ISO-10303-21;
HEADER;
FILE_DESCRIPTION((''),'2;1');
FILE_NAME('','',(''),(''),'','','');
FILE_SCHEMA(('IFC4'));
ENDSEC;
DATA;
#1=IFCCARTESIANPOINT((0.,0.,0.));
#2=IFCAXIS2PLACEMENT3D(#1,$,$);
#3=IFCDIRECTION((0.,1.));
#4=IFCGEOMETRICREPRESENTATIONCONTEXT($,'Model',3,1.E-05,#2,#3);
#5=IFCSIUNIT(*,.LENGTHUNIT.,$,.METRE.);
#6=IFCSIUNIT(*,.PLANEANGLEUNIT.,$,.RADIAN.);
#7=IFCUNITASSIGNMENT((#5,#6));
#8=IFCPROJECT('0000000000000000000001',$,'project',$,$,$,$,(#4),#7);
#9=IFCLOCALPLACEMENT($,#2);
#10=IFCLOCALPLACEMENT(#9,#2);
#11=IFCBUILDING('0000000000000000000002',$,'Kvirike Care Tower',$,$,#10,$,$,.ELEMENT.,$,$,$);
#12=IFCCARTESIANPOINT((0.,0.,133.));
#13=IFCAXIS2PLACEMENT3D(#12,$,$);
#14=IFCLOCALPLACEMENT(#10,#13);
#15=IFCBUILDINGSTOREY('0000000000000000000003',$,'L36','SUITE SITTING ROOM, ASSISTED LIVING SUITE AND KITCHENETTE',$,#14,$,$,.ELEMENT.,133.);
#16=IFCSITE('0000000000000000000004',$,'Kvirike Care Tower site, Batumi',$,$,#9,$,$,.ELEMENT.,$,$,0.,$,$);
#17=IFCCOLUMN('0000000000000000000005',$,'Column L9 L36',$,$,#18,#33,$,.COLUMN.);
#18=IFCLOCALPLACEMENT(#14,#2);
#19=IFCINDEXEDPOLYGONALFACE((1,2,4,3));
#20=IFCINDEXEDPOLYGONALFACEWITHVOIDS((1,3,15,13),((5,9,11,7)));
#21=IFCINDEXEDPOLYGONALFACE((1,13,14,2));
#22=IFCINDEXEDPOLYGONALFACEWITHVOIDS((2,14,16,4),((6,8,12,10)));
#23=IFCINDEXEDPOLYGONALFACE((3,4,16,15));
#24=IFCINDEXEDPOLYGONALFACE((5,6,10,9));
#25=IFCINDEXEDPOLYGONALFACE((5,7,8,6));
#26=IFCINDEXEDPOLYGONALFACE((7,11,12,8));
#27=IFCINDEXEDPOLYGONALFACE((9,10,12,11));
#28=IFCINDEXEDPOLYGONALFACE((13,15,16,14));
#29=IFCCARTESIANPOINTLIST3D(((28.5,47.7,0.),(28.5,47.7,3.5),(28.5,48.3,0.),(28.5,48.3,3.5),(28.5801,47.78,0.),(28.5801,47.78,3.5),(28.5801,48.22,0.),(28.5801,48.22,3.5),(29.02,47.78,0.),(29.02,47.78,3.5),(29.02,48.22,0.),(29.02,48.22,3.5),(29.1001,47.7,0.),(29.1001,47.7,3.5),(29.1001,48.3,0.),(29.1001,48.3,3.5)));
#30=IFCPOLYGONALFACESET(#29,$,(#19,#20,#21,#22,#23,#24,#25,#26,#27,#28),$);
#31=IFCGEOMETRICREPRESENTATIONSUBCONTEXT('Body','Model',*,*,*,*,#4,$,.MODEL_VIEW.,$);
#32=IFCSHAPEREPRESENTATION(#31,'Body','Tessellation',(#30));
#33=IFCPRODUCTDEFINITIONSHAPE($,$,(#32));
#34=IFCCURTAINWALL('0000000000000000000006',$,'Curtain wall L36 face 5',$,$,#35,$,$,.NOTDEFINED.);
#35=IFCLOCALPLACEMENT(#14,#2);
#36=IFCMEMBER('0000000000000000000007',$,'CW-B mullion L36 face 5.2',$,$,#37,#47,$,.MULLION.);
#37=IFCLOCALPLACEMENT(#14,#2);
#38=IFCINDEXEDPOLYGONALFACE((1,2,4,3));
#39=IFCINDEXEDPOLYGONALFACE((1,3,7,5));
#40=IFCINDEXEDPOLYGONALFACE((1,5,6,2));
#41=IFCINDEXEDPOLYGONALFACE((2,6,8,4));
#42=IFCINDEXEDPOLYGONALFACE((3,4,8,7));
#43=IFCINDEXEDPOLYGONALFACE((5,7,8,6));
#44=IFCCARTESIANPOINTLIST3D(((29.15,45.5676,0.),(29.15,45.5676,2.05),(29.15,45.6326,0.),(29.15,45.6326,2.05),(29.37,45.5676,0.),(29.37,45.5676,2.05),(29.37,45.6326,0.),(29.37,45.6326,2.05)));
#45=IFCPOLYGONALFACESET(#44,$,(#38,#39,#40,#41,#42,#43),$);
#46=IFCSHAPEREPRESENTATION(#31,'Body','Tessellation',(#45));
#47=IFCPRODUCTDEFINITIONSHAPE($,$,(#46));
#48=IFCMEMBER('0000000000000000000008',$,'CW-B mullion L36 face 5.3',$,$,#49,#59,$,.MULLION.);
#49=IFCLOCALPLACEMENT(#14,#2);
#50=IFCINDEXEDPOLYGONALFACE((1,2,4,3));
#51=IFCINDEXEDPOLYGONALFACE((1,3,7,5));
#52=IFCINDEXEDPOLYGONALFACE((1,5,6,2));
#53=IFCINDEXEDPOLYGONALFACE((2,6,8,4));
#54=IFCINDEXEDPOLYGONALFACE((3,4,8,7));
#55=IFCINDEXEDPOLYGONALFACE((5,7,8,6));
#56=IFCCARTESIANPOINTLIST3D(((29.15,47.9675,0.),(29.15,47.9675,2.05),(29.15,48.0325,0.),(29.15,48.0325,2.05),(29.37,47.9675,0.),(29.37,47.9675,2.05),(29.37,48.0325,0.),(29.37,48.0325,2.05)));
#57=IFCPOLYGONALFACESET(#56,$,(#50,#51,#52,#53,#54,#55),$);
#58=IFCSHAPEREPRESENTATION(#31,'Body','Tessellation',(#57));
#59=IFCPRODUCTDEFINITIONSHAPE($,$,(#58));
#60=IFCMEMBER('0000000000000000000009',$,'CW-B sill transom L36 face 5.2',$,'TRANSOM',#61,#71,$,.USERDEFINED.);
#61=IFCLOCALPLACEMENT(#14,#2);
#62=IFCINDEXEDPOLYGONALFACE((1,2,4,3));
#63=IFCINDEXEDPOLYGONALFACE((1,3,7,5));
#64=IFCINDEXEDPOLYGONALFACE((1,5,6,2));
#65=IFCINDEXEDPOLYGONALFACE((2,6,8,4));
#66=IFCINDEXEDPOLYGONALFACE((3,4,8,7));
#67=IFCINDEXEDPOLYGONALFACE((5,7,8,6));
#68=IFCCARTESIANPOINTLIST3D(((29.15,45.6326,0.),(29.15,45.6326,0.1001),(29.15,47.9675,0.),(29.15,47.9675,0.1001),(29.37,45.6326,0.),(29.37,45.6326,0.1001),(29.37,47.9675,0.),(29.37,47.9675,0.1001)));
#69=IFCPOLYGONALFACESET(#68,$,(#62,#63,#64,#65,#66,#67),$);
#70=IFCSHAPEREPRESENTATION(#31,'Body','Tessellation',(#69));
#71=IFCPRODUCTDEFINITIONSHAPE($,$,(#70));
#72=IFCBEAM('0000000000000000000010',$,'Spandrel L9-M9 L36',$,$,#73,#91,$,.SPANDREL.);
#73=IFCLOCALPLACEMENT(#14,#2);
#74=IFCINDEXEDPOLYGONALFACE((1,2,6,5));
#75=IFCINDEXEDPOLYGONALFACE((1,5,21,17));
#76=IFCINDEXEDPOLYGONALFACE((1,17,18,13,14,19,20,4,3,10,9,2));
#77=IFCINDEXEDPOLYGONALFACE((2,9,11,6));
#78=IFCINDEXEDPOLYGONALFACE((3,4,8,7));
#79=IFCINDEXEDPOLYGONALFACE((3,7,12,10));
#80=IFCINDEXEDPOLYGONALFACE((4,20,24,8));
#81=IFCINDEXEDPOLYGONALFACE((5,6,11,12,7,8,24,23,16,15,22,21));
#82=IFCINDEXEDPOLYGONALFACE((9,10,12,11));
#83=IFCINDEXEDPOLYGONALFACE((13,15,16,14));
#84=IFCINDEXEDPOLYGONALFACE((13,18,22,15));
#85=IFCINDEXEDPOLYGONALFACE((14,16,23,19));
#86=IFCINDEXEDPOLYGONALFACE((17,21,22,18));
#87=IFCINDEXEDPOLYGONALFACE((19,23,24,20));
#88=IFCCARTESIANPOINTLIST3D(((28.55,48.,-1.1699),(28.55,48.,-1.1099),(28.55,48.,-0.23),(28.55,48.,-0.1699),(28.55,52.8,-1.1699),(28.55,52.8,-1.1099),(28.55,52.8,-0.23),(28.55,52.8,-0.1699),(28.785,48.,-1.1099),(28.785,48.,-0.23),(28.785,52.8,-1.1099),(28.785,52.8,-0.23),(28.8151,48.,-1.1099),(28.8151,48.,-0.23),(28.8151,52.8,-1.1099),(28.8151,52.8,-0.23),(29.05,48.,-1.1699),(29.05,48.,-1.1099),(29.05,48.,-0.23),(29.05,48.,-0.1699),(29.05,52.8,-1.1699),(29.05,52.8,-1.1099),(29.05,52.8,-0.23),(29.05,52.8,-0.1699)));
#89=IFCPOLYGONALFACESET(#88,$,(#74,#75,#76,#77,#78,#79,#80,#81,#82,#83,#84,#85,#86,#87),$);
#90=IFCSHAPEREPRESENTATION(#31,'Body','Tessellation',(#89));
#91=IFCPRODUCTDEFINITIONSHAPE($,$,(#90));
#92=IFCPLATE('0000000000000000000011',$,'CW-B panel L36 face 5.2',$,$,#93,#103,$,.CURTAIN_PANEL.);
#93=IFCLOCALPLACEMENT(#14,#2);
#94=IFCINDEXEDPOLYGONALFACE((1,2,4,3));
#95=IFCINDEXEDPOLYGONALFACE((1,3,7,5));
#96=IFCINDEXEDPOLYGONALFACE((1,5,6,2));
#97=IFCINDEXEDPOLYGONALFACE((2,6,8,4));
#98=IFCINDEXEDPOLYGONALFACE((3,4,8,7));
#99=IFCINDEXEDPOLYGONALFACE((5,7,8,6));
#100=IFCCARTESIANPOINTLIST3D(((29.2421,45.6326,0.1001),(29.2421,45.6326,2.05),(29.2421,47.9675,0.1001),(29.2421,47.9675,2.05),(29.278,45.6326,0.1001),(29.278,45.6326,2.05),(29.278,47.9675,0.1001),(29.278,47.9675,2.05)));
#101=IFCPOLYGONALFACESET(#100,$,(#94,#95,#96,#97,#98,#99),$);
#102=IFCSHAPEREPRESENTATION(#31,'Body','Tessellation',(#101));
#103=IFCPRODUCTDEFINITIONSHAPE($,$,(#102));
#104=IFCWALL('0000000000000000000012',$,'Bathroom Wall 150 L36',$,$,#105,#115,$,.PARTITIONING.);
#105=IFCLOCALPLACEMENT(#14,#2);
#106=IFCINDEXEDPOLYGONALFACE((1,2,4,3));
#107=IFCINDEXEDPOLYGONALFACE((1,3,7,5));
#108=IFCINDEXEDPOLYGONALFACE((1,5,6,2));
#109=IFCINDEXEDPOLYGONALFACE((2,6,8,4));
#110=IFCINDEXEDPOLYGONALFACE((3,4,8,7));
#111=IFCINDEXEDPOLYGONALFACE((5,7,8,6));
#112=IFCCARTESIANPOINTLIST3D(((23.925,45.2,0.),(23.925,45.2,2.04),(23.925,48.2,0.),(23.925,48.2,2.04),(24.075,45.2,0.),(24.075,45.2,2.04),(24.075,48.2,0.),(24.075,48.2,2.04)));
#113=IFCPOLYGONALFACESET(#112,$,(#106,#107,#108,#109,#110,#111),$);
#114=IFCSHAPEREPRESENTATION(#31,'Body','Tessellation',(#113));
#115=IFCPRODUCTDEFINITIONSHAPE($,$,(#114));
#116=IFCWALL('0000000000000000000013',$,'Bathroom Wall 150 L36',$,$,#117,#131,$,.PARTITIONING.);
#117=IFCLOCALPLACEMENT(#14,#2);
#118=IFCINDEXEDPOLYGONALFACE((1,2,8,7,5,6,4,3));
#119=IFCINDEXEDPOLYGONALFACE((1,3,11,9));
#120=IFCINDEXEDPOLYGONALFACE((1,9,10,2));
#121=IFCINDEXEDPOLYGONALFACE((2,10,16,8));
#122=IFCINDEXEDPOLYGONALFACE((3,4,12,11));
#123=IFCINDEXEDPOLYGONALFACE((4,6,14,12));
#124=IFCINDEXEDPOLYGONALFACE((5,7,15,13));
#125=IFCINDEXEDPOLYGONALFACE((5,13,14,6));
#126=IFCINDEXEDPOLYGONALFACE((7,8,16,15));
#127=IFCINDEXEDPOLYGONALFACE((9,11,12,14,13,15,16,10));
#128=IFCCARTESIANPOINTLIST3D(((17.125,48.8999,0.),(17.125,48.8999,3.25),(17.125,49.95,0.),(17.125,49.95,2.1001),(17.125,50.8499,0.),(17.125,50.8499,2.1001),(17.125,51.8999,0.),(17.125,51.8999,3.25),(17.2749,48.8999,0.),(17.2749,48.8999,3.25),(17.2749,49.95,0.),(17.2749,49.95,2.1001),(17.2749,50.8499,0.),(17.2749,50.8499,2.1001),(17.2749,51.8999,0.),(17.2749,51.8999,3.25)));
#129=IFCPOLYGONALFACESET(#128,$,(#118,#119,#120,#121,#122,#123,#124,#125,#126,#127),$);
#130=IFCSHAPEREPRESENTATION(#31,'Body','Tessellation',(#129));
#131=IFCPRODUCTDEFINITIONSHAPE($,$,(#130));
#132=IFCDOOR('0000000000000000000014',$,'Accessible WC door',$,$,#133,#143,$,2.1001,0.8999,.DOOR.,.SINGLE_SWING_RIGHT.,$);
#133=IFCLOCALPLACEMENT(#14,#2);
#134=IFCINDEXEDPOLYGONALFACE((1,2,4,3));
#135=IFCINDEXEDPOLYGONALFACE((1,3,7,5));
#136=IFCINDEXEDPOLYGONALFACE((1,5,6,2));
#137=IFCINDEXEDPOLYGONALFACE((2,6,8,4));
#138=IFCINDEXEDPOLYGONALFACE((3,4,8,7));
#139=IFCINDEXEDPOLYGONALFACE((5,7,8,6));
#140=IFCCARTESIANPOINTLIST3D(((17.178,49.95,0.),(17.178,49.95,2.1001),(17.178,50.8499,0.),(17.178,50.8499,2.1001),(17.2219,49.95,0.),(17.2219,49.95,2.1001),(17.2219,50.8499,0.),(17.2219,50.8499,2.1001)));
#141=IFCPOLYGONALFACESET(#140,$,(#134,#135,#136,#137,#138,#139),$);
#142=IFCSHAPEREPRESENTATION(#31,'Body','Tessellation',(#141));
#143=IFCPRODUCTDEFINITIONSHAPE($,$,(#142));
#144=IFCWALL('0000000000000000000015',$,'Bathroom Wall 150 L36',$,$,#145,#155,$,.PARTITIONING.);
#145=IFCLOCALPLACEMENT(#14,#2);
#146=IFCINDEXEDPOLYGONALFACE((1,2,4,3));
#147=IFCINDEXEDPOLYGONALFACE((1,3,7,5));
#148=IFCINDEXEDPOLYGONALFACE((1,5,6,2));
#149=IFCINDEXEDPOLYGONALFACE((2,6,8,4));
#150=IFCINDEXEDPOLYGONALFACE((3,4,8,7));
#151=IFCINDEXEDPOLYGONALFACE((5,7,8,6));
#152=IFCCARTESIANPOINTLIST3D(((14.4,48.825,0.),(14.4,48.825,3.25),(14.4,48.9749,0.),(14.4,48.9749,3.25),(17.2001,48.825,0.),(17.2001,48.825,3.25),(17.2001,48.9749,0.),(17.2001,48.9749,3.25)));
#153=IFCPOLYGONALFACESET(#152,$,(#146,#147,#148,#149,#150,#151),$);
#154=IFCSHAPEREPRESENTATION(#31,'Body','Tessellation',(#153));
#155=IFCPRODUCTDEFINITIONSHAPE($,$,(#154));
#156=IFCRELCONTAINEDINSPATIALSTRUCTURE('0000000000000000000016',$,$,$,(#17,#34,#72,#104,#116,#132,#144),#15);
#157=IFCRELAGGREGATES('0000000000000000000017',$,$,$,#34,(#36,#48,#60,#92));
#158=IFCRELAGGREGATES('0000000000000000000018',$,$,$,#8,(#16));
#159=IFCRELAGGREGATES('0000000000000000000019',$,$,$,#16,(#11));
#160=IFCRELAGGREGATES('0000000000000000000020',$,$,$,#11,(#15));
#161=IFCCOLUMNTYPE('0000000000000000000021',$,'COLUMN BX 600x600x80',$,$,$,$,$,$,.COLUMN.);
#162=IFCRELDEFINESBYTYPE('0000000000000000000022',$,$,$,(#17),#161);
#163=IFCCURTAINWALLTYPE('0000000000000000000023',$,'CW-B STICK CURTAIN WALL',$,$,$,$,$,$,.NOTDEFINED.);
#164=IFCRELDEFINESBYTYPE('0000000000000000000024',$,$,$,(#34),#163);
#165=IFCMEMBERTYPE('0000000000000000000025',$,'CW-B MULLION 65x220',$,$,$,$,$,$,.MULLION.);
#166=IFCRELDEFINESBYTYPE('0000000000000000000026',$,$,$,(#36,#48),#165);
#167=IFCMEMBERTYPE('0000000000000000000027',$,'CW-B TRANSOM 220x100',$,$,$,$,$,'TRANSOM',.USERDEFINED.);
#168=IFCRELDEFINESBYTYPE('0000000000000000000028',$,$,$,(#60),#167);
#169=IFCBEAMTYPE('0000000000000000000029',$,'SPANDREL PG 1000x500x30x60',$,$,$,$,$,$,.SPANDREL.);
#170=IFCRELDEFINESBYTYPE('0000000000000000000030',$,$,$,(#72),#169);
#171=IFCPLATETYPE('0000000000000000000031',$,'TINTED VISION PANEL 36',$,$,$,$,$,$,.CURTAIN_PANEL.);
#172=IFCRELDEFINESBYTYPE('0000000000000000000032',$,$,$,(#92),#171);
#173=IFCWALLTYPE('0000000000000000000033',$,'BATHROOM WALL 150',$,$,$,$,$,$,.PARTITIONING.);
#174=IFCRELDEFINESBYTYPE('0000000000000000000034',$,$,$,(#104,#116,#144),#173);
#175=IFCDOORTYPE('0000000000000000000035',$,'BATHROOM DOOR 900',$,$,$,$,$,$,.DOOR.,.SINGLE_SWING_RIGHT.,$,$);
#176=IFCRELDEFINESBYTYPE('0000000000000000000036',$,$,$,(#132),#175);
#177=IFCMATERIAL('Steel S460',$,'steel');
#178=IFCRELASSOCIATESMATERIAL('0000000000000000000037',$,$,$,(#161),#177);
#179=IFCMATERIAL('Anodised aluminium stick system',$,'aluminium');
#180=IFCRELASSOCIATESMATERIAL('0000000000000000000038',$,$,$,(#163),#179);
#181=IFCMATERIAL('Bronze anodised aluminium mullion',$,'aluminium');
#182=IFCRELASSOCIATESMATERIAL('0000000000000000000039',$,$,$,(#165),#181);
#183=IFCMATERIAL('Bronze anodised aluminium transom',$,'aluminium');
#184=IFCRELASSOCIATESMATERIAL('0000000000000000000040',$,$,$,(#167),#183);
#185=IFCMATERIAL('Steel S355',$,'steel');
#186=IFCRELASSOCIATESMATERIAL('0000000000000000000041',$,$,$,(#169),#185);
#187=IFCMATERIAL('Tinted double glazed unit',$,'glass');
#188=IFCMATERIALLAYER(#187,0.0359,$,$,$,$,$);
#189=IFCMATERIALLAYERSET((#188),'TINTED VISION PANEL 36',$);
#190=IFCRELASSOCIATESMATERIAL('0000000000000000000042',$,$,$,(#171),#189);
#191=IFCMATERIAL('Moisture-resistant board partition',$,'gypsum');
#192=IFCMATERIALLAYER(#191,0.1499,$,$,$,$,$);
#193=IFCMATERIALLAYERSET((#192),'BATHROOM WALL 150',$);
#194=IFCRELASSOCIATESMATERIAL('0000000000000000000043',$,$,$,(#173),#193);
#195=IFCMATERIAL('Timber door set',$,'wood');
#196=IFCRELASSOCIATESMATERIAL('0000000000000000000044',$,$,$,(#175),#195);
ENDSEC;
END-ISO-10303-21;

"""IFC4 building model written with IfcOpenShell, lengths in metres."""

from ifc_helpers import new_model, si_unit, direction, frame, frame_2d, origin, origin_2d, place, context, subcontext, project, spatial, rectangle, hollow_rectangle, i_section, extrude, material, layer, layer_set, material_profile, profile_set, type_object, element, fill, aggregate, save


model = new_model("IFC4")

# Units and contexts
model_context = context("Model", 3, precision=1e-05, world=origin(), true_north=direction((0.0, 1.0)))
body_context = subcontext(model_context, "Body", "Model", "MODEL_VIEW")
ifc_project = project(units=[si_unit("LENGTHUNIT", "METRE"), si_unit("PLANEANGLEUNIT", "RADIAN")], contexts=[model_context])

# Site, building, storey
site_placement = place(None, origin())
site = spatial("IfcSite", under=ifc_project, at=site_placement, Name="Kvirike Care Tower site, Batumi", CompositionType="ELEMENT", RefElevation=0.0)
building_placement = place(site_placement, origin())
building = spatial("IfcBuilding", under=site, at=building_placement, Name="Kvirike Care Tower", CompositionType="ELEMENT")
storey_placement = place(building_placement, frame((0.0, 0.0, 133.0)))
storey = spatial("IfcBuildingStorey", under=building, at=storey_placement, Name="L36", Description="SUITE SITTING ROOM, ASSISTED LIVING SUITE AND KITCHENETTE", CompositionType="ELEMENT", Elevation=133.0)

# Column
ifc_material_1 = material(Name="Steel S460", Category="steel")
ifc_material_profile_1 = material_profile(ifc_material_1, hollow_rectangle(XDim=0.6001, YDim=0.6001, WallThickness=0.0801, at=origin_2d()), Name="BX 600x600x80")
ifc_profile_set_1 = profile_set([ifc_material_profile_1], Name="Steel S460")
column_type = type_object("IfcColumnType", Name="COLUMN BX 600x600x80", PredefinedType="COLUMN", material=ifc_profile_set_1)
column_placement = place(storey_placement, frame((28.8, 48.0, 0.0), z_axis=(0.0, 0.0, 1.0), x_axis=(1.0, 0.0, 0.0)))
element("IfcColumn", 1, at=column_placement, inside=storey, type_object=column_type, Name="Column L9 L36", PredefinedType="COLUMN", context=body_context, shape_type="SweptSolid", body=[
    extrude(hollow_rectangle(XDim=0.6001, YDim=0.6001, WallThickness=0.0801, at=origin_2d()), origin(), (0.0, 0.0, 1.0), 3.5),
])

# Curtain wall, members
ifc_material_2 = material(Name="Anodised aluminium stick system", Category="aluminium")
curtain_wall_type = type_object("IfcCurtainWallType", Name="CW-B STICK CURTAIN WALL", PredefinedType="NOTDEFINED", material=ifc_material_2)
curtain_wall_placement = place(storey_placement, origin())
curtain_wall = element("IfcCurtainWall", 2, at=curtain_wall_placement, inside=storey, type_object=curtain_wall_type, Name="Curtain wall L36 face 5", PredefinedType="NOTDEFINED")
ifc_material_3 = material(Name="Bronze anodised aluminium mullion", Category="aluminium")
ifc_material_profile_2 = material_profile(ifc_material_3, rectangle(XDim=0.0649, YDim=0.22, at=origin_2d()), Name="CW-B MULLION 65x220")
ifc_profile_set_2 = profile_set([ifc_material_profile_2], Name="Bronze anodised aluminium mullion")
member_type_1 = type_object("IfcMemberType", Name="CW-B MULLION 65x220", PredefinedType="MULLION", material=ifc_profile_set_2)
member_1_placement = place(storey_placement, frame((29.26, 45.6001, 0.0), z_axis=(0.0, 0.0, 1.0), x_axis=(0.0, 1.0, 0.0)))
member_1 = element("IfcMember", 3, at=member_1_placement, type_object=member_type_1, Name="CW-B mullion L36 face 5.2", PredefinedType="MULLION", context=body_context, shape_type="SweptSolid", body=[
    extrude(rectangle(XDim=0.0649, YDim=0.22, at=origin_2d()), origin(), (0.0, 0.0, 1.0), 2.05),
])
member_2_placement = place(storey_placement, frame((29.26, 48.0, 0.0), z_axis=(0.0, 0.0, 1.0), x_axis=(0.0, 1.0, 0.0)))
member_2 = element("IfcMember", 4, at=member_2_placement, type_object=member_type_1, Name="CW-B mullion L36 face 5.3", PredefinedType="MULLION", context=body_context, shape_type="SweptSolid", body=[
    extrude(rectangle(XDim=0.0649, YDim=0.22, at=origin_2d()), origin(), (0.0, 0.0, 1.0), 2.05),
])
ifc_material_4 = material(Name="Bronze anodised aluminium transom", Category="aluminium")
ifc_material_profile_3 = material_profile(ifc_material_4, rectangle(XDim=0.22, YDim=0.1001, at=origin_2d()), Name="CW-B TRANSOM 220x100")
ifc_profile_set_3 = profile_set([ifc_material_profile_3], Name="Bronze anodised aluminium transom")
member_type_2 = type_object("IfcMemberType", Name="CW-B TRANSOM 220x100", ElementType="TRANSOM", PredefinedType="USERDEFINED", material=ifc_profile_set_3)
member_3_placement = place(storey_placement, frame((29.26, 45.6326, 0.05), z_axis=(0.0, 1.0, 0.0), x_axis=(-1.0, 0.0, 0.0)))
member_3 = element("IfcMember", 5, at=member_3_placement, type_object=member_type_2, Name="CW-B sill transom L36 face 5.2", ObjectType="TRANSOM", PredefinedType="USERDEFINED", context=body_context, shape_type="SweptSolid", body=[
    extrude(rectangle(XDim=0.22, YDim=0.1001, at=origin_2d()), origin(), (0.0, 0.0, 1.0), 2.335),
])

# Beam
ifc_material_5 = material(Name="Steel S355", Category="steel")
ifc_material_profile_4 = material_profile(ifc_material_5, i_section(OverallWidth=0.5, OverallDepth=1.0, WebThickness=0.03, FlangeThickness=0.0601, at=origin_2d()), Name="PG 1000x500x30x60")
ifc_profile_set_4 = profile_set([ifc_material_profile_4], Name="Steel S355")
beam_type = type_object("IfcBeamType", Name="SPANDREL PG 1000x500x30x60", PredefinedType="SPANDREL", material=ifc_profile_set_4)
beam_placement = place(storey_placement, frame((28.8, 48.0, -0.6699), z_axis=(0.0, 1.0, 0.0), x_axis=(-1.0, 0.0, 0.0)))
element("IfcBeam", 6, at=beam_placement, inside=storey, type_object=beam_type, Name="Spandrel L9-M9 L36", PredefinedType="SPANDREL", context=body_context, shape_type="SweptSolid", body=[
    extrude(i_section(OverallWidth=0.5, OverallDepth=1.0, WebThickness=0.03, FlangeThickness=0.0601, at=origin_2d()), origin(), (0.0, 0.0, 1.0), 4.8),
])

# Plate
ifc_material_6 = material(Name="Tinted double glazed unit", Category="glass")
ifc_layer_1 = layer(ifc_material_6, 0.0359)
ifc_layer_set_1 = layer_set([ifc_layer_1], Name="TINTED VISION PANEL 36")
plate_type = type_object("IfcPlateType", Name="TINTED VISION PANEL 36", PredefinedType="CURTAIN_PANEL", material=ifc_layer_set_1)
plate_placement = place(storey_placement, frame((29.26, 46.8, 0.1001), z_axis=(0.0, 0.0, 1.0), x_axis=(0.0, 1.0, 0.0)))
plate = element("IfcPlate", 7, at=plate_placement, type_object=plate_type, Name="CW-B panel L36 face 5.2", PredefinedType="CURTAIN_PANEL", context=body_context, shape_type="SweptSolid", body=[
    extrude(rectangle(XDim=2.335, YDim=0.0359, at=origin_2d()), origin(), (0.0, 0.0, 1.0), 1.95),
])
aggregate(curtain_wall, [member_1, member_2, member_3, plate])

# Wall
ifc_material_7 = material(Name="Moisture-resistant board partition", Category="gypsum")
ifc_layer_2 = layer(ifc_material_7, 0.1499)
ifc_layer_set_2 = layer_set([ifc_layer_2], Name="BATHROOM WALL 150")
wall_type_1 = type_object("IfcWallType", Name="BATHROOM WALL 150", PredefinedType="PARTITIONING", material=ifc_layer_set_2)
wall_1_placement = place(storey_placement, frame((24.0, 48.2, 0.0), z_axis=(0.0, 0.0, 1.0), x_axis=(0.0, -1.0, 0.0)))
element("IfcWall", 8, at=wall_1_placement, inside=storey, type_object=wall_type_1, Name="Bathroom Wall 150 L36", PredefinedType="PARTITIONING", context=body_context, shape_type="SweptSolid", body=[
    extrude(rectangle(XDim=3.0, YDim=0.1499, at=frame_2d((1.5, 0.0))), origin(), (0.0, 0.0, 1.0), 2.04),
])

# Wall, opening, door
wall_2_placement = place(storey_placement, frame((17.2, 51.8999, 0.0), z_axis=(0.0, 0.0, 1.0), x_axis=(0.0, -1.0, 0.0)))
wall_2 = element("IfcWall", 9, at=wall_2_placement, inside=storey, type_object=wall_type_1, Name="Bathroom Wall 150 L36", PredefinedType="PARTITIONING", context=body_context, shape_type="SweptSolid", body=[
    extrude(rectangle(XDim=3.0, YDim=0.1499, at=frame_2d((1.5, 0.0))), origin(), (0.0, 0.0, 1.0), 3.25),
])
opening_1_placement = place(wall_2_placement, frame((1.05, 0.0, 0.0)))
opening_1 = element("IfcOpeningElement", 10, at=opening_1_placement, cuts=wall_2, PredefinedType="OPENING", context=body_context, shape_type="SweptSolid", body=[
    extrude(rectangle(XDim=0.8999, YDim=2.1001, at=frame_2d((0.45, 1.05))), frame((0.0, 0.0854, 0.0), z_axis=(0.0, -1.0, 0.0), x_axis=(1.0, 0.0, 0.0)), (0.0, 0.0, 1.0), 0.1709),
])
ifc_material_8 = material(Name="Timber door set", Category="wood")
door_type_1 = type_object("IfcDoorType", Name="BATHROOM DOOR 900", OperationType="SINGLE_SWING_RIGHT", PredefinedType="DOOR", material=ifc_material_8)
door_1_placement = place(opening_1_placement, frame((0.8999, 0.0, 0.0), z_axis=(0.0, 0.0, 1.0), x_axis=(-1.0, 0.0, 0.0)))
door_1 = element("IfcDoor", 11, at=door_1_placement, inside=storey, type_object=door_type_1, Name="Accessible WC door", OperationType="SINGLE_SWING_RIGHT", OverallHeight=2.1001, OverallWidth=0.8999, PredefinedType="DOOR", context=body_context, shape_type="SweptSolid", body=[
    extrude(rectangle(XDim=0.8999, YDim=2.1001, at=frame_2d((0.45, 1.05))), frame((0.0, 0.022, 0.0), z_axis=(0.0, -1.0, 0.0), x_axis=(1.0, 0.0, 0.0)), (0.0, 0.0, 1.0), 0.0439),
])
fill(opening_1, door_1)

# Wall
wall_3_placement = place(storey_placement, frame((17.2, 48.8999, 0.0), z_axis=(0.0, 0.0, 1.0), x_axis=(-1.0, 0.0, 0.0)))
element("IfcWall", 12, at=wall_3_placement, inside=storey, type_object=wall_type_1, Name="Bathroom Wall 150 L36", PredefinedType="PARTITIONING", context=body_context, shape_type="SweptSolid", body=[
    extrude(rectangle(XDim=2.8, YDim=0.1499, at=frame_2d((1.3999, 0.0))), origin(), (0.0, 0.0, 1.0), 3.25),
])

save(model, "model.ifc")
